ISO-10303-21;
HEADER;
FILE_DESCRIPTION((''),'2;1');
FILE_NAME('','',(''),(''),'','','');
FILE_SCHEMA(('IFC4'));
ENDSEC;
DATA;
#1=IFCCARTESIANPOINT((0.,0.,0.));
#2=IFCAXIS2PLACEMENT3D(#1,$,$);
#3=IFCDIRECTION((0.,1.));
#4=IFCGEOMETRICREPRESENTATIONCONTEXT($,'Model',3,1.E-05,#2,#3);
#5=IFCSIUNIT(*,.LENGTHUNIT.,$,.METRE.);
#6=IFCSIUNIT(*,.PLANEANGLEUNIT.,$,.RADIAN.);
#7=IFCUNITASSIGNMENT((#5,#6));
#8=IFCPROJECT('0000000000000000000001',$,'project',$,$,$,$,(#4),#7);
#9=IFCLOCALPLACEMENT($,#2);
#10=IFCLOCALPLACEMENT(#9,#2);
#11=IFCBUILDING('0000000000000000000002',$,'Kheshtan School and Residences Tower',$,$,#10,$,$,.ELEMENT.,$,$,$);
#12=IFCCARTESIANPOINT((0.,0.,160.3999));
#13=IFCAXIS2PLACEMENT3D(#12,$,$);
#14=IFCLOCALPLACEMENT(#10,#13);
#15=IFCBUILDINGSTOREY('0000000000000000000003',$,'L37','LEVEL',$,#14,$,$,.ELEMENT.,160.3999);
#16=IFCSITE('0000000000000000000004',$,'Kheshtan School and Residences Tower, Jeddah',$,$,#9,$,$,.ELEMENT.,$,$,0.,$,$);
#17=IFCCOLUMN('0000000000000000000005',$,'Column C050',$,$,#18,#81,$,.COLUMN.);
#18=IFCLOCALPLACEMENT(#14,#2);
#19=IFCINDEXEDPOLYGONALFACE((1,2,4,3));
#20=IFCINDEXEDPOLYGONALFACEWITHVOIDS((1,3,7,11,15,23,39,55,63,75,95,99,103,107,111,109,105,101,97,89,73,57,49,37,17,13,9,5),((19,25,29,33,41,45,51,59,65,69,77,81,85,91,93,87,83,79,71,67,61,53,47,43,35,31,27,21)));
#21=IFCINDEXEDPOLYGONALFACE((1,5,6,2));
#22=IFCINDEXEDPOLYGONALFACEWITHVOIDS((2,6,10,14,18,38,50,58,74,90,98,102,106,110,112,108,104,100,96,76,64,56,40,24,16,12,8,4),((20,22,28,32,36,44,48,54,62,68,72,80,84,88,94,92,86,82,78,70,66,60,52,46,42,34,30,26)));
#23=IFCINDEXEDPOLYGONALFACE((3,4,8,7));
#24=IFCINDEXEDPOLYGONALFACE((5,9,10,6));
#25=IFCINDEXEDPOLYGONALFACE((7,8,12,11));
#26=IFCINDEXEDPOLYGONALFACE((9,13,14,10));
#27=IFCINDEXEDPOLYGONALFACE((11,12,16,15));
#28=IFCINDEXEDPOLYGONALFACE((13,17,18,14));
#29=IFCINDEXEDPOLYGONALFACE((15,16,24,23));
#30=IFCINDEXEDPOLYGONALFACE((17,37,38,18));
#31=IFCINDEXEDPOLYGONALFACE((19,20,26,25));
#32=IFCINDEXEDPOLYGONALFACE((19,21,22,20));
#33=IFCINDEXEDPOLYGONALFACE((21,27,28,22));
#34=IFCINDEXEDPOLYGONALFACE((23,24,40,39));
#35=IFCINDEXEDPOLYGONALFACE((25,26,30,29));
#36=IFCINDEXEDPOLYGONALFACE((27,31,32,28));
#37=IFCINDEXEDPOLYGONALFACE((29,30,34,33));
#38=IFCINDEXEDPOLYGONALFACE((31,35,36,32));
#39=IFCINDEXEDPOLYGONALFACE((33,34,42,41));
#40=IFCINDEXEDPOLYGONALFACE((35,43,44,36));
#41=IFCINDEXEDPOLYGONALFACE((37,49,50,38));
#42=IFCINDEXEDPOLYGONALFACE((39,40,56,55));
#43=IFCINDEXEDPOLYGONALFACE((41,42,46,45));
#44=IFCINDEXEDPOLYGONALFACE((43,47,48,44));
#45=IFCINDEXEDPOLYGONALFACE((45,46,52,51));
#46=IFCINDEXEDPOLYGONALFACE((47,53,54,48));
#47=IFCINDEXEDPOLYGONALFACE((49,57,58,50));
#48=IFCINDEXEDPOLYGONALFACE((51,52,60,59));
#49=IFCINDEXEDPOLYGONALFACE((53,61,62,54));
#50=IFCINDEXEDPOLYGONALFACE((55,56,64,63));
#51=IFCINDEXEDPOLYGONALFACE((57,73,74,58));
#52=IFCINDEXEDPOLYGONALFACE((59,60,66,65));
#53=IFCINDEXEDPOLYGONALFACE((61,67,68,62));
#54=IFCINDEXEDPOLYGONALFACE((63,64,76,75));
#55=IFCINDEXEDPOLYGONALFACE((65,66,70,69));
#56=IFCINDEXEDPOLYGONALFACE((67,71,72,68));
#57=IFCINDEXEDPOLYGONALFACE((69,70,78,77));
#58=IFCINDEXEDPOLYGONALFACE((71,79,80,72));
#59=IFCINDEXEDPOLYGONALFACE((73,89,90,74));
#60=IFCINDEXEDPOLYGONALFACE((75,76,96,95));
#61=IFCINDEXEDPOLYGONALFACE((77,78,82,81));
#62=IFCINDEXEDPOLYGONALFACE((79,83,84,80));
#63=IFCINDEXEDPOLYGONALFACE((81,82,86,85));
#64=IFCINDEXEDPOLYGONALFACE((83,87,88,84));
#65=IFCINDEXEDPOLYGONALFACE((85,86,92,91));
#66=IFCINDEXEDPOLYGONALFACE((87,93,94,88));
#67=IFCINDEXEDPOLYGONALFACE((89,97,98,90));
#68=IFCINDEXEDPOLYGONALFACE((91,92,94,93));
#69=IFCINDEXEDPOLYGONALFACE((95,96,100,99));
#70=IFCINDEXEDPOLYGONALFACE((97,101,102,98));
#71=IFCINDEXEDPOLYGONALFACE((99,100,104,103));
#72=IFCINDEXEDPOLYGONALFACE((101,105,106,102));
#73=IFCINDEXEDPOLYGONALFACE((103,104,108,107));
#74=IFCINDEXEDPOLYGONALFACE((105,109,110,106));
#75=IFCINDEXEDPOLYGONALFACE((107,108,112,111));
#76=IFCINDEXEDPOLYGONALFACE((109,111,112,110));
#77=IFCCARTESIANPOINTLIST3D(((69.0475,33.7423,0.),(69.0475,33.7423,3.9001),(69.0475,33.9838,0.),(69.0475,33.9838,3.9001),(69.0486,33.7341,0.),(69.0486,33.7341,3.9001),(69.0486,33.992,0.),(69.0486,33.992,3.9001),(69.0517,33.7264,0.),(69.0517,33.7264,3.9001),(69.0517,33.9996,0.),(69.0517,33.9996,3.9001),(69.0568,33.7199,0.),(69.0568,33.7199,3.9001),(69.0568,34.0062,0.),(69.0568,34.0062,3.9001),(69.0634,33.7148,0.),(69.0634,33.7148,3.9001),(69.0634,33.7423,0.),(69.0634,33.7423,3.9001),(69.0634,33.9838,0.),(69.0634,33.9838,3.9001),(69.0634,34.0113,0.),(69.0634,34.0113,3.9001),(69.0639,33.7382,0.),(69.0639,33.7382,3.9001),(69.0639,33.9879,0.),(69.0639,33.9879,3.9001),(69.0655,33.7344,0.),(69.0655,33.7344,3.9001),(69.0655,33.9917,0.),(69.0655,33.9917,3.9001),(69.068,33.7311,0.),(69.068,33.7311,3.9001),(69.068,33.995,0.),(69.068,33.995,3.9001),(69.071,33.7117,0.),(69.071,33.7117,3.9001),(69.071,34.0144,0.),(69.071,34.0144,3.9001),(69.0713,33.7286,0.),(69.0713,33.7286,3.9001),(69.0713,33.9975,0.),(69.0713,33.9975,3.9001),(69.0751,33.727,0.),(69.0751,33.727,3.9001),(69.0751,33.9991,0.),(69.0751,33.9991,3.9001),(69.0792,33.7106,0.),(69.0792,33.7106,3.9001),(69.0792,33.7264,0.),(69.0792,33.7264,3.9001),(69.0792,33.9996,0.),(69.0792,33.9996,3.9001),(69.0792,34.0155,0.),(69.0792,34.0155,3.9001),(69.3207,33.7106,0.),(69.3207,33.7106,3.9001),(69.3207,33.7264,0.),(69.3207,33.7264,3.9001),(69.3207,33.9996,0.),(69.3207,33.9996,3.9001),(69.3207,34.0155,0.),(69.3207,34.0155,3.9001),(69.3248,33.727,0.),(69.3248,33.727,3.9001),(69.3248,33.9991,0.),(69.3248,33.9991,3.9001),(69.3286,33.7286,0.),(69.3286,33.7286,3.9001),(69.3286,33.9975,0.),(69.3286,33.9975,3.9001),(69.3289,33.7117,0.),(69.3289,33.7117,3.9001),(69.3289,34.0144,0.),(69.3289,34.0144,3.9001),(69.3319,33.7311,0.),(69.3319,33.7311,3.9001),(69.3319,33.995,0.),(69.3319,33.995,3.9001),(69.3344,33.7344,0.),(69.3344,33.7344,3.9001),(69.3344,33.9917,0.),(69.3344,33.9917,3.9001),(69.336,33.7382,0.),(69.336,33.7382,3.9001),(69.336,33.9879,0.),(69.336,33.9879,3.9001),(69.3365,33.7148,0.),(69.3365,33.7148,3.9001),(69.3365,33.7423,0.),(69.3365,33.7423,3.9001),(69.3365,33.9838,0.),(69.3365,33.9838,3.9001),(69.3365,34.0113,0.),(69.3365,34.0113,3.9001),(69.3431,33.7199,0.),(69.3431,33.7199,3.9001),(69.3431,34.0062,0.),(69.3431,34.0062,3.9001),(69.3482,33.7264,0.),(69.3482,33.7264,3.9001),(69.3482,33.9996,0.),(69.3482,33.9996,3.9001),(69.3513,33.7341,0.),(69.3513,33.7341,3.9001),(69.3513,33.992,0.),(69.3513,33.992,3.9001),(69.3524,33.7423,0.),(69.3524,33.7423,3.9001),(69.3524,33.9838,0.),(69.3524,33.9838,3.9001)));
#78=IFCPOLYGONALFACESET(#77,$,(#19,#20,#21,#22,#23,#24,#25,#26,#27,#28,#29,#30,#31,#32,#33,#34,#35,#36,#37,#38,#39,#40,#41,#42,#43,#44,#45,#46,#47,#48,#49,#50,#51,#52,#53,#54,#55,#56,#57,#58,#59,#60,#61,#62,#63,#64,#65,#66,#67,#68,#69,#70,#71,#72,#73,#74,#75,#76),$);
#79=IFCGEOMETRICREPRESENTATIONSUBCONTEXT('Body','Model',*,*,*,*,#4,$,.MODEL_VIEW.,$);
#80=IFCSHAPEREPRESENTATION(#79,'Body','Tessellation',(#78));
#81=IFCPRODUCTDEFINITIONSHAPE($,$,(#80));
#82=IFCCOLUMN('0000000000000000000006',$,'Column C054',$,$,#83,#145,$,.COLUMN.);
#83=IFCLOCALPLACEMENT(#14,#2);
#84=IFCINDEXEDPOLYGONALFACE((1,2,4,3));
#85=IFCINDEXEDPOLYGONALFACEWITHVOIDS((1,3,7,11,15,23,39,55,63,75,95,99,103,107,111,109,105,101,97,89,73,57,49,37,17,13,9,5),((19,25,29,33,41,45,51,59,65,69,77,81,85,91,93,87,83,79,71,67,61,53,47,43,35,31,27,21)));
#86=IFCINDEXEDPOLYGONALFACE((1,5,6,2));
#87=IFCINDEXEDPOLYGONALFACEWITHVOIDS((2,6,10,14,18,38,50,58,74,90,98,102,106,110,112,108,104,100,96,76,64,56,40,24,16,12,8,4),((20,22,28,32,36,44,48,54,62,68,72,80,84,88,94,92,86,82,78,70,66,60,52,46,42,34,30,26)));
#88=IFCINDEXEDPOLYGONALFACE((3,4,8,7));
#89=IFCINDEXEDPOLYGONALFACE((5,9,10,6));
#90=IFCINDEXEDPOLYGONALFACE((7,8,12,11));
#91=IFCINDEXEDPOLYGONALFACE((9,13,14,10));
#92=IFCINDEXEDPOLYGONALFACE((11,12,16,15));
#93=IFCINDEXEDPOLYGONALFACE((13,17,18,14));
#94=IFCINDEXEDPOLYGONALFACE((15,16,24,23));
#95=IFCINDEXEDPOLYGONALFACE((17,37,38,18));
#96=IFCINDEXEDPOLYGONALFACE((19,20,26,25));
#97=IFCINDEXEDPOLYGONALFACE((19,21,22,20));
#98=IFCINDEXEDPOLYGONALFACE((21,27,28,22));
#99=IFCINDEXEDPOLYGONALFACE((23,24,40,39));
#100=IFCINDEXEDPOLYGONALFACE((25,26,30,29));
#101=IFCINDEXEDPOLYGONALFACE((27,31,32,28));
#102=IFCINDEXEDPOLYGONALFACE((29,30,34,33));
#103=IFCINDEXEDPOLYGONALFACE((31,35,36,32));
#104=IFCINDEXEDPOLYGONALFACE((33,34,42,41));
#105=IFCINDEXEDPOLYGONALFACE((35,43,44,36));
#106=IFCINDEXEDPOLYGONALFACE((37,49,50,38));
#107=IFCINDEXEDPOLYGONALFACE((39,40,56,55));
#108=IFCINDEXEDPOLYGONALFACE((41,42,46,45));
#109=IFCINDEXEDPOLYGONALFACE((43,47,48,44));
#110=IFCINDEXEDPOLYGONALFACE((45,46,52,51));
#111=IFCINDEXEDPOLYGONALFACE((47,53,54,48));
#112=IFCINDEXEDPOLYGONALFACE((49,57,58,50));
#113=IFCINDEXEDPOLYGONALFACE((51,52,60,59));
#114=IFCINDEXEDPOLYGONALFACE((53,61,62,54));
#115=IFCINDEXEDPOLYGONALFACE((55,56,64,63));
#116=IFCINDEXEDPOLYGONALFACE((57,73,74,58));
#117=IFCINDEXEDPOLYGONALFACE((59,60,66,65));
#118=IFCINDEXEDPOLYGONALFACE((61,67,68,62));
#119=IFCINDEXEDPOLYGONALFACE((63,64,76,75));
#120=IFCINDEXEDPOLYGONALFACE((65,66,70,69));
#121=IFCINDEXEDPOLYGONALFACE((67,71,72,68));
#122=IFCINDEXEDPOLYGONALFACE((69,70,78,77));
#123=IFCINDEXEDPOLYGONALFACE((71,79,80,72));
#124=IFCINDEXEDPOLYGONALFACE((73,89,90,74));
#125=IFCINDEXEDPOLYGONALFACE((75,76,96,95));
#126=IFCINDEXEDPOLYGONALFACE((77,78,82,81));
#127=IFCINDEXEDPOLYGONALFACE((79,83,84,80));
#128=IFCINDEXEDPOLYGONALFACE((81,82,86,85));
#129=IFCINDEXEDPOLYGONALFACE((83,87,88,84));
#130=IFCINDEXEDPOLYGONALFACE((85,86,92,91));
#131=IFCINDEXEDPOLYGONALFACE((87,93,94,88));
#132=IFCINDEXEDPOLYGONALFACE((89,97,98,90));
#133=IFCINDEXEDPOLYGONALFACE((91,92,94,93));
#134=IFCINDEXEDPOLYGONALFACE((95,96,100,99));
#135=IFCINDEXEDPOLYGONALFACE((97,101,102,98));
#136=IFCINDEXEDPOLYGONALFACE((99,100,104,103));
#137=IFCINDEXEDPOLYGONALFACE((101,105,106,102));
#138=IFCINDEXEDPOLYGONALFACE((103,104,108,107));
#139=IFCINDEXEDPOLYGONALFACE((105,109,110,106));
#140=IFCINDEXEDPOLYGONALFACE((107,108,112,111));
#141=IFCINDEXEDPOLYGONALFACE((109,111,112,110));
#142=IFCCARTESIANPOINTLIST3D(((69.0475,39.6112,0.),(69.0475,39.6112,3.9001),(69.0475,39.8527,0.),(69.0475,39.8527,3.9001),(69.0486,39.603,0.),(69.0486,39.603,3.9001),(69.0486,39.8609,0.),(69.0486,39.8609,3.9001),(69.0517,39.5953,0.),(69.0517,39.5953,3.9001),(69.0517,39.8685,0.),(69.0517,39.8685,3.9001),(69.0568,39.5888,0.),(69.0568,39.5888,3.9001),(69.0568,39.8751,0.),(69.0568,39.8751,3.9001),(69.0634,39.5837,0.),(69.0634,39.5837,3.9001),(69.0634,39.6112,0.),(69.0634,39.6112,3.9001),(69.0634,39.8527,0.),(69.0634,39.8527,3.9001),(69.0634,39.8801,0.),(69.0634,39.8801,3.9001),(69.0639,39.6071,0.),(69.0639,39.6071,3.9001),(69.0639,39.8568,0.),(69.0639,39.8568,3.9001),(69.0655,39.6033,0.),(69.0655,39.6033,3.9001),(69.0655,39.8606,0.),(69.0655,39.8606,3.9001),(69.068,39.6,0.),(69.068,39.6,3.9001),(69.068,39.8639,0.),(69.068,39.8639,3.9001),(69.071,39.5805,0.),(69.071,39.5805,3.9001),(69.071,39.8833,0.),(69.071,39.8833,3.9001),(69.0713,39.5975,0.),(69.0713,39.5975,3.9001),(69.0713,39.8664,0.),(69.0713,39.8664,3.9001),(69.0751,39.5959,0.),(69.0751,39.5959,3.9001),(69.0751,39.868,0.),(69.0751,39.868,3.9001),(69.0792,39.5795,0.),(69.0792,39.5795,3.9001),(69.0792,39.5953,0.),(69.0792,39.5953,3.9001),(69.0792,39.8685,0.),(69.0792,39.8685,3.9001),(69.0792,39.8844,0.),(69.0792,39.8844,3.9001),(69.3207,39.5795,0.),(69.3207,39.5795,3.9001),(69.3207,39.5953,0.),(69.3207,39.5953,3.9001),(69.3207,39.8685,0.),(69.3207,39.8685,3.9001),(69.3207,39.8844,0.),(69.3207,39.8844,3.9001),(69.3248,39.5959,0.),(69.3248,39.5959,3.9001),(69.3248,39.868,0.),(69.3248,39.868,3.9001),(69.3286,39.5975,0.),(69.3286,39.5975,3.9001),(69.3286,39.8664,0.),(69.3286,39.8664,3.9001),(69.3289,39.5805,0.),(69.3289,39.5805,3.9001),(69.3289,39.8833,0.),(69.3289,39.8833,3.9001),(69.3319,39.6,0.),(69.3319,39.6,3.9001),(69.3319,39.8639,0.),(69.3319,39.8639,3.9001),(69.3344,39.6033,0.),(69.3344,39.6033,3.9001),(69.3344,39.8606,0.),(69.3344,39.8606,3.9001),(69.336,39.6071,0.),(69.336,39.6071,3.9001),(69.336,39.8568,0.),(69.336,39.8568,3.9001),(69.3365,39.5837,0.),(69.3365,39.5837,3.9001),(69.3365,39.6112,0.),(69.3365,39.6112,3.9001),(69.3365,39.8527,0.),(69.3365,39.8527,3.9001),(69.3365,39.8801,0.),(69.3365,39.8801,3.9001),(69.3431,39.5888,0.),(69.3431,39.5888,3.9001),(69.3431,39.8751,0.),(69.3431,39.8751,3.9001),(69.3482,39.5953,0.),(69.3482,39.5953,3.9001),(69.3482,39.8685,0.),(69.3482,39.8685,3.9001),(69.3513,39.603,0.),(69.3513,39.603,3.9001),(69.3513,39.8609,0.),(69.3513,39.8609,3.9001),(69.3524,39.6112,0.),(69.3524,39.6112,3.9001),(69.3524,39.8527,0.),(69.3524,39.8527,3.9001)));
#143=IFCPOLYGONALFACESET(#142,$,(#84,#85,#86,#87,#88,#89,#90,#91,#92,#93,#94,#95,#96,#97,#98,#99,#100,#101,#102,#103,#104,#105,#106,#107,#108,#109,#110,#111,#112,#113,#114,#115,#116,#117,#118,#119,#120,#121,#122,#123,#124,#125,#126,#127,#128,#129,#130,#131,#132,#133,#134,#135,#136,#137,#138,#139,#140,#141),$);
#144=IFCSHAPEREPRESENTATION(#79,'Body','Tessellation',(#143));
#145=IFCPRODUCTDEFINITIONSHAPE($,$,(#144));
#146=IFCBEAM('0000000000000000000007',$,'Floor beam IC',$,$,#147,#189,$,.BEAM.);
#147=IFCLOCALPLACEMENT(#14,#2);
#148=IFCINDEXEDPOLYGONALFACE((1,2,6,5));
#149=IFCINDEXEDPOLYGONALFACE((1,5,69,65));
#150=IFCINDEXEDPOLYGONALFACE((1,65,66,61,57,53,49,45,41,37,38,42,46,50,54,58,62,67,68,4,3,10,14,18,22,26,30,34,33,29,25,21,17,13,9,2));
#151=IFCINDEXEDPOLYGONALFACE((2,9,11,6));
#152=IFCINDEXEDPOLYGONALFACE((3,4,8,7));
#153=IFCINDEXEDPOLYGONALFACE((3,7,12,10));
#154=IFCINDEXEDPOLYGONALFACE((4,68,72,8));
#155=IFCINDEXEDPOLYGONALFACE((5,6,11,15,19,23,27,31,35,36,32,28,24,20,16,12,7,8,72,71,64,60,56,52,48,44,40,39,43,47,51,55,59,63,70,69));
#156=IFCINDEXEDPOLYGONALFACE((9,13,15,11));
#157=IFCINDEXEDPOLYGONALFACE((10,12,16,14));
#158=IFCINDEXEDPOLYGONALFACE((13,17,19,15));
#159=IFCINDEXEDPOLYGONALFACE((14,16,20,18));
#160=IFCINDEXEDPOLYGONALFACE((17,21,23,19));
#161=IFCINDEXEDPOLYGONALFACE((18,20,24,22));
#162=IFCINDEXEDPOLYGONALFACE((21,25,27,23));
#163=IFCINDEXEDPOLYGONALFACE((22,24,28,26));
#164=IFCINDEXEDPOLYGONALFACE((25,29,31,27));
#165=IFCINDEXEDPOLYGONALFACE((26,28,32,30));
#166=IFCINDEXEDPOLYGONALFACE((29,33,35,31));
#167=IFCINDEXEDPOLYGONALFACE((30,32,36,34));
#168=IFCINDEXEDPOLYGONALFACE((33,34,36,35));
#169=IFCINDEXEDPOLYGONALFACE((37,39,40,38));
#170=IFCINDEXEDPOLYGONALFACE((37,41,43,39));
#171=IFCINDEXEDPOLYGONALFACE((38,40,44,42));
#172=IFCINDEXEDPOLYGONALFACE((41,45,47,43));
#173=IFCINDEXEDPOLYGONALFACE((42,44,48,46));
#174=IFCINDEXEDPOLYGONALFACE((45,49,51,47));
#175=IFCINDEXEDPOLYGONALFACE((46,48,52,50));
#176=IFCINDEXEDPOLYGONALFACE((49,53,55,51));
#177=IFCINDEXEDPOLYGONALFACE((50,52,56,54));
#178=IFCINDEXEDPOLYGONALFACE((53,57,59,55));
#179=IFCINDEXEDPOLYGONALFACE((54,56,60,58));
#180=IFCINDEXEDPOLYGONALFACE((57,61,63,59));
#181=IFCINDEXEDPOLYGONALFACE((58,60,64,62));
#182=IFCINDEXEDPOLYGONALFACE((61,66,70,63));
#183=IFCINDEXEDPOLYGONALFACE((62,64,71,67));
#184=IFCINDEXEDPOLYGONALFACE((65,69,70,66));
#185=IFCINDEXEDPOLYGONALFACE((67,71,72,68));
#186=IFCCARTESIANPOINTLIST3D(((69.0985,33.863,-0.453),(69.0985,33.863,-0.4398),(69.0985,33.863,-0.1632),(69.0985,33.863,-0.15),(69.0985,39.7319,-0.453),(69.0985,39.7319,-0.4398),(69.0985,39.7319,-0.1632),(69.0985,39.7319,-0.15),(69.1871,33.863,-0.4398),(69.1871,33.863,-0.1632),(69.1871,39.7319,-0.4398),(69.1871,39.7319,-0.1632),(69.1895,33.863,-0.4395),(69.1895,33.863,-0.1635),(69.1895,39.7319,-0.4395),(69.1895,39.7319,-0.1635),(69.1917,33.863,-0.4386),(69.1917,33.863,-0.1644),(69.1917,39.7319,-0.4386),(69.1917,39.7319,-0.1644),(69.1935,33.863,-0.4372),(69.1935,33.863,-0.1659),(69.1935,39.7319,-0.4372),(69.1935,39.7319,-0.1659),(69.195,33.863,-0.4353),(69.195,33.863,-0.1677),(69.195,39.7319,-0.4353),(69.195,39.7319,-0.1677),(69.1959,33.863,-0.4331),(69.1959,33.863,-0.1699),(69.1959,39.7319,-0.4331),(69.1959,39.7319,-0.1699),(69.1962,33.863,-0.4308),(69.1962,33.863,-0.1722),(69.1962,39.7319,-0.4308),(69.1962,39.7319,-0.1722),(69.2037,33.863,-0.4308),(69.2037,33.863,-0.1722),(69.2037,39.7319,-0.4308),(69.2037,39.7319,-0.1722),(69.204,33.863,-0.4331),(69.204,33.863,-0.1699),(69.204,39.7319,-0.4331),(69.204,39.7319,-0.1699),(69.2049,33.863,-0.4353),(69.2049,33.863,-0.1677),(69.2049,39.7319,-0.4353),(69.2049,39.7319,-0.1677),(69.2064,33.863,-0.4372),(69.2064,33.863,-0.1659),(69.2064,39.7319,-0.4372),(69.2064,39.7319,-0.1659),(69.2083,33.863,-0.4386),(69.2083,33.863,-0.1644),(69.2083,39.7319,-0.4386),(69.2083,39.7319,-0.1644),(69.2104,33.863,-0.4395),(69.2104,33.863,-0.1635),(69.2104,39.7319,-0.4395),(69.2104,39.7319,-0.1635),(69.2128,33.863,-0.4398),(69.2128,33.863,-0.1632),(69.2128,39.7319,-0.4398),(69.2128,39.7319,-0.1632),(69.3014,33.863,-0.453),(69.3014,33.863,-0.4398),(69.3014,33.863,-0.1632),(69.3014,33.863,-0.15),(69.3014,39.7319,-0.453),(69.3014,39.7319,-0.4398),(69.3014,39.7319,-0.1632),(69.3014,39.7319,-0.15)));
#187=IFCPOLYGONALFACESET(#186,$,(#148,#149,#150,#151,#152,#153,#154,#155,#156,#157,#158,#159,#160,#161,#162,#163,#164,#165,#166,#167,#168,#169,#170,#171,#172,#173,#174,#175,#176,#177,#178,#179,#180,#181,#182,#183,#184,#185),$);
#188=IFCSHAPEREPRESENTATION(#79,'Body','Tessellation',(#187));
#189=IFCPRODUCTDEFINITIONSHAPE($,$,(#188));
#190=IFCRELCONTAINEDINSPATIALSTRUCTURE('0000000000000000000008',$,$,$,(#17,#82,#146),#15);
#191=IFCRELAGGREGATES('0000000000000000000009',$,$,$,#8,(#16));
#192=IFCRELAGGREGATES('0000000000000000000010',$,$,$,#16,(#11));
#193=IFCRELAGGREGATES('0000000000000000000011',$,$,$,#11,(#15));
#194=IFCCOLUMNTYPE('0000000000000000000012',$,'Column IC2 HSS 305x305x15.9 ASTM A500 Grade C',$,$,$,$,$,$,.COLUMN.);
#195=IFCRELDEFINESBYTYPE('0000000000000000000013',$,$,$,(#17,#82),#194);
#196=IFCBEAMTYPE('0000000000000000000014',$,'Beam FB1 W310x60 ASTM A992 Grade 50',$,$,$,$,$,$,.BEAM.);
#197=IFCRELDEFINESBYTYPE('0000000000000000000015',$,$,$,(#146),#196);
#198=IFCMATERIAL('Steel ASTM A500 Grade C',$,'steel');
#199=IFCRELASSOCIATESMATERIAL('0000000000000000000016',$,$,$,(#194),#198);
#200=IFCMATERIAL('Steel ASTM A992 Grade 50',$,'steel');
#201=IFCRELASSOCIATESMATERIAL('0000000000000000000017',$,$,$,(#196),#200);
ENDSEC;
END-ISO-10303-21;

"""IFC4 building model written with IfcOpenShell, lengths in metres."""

from ifc_helpers import new_model, si_unit, direction, frame, origin, origin_2d, place, context, subcontext, project, spatial, hollow_rectangle, i_section, extrude, material, material_profile, profile_set, type_object, element, save


model = new_model("IFC4")

# Units and contexts
model_context = context("Model", 3, precision=1e-05, world=origin(), true_north=direction((0.0, 1.0)))
body_context = subcontext(model_context, "Body", "Model", "MODEL_VIEW")
ifc_project = project(units=[si_unit("LENGTHUNIT", "METRE"), si_unit("PLANEANGLEUNIT", "RADIAN")], contexts=[model_context])

# Site, building, storey
site_placement = place(None, origin())
site = spatial("IfcSite", under=ifc_project, at=site_placement, Name="Kheshtan School and Residences Tower, Jeddah", CompositionType="ELEMENT", RefElevation=0.0)
building_placement = place(site_placement, origin())
building = spatial("IfcBuilding", under=site, at=building_placement, Name="Kheshtan School and Residences Tower", CompositionType="ELEMENT")
storey_placement = place(building_placement, frame((0.0, 0.0, 160.3999)))
storey = spatial("IfcBuildingStorey", under=building, at=storey_placement, Name="L37", Description="LEVEL", CompositionType="ELEMENT", Elevation=160.3999)

# Columns
ifc_material_1 = material(Name="Steel ASTM A500 Grade C", Category="steel")
ifc_material_profile_1 = material_profile(ifc_material_1, hollow_rectangle(XDim=0.3049, YDim=0.3049, WallThickness=0.0159, InnerFilletRadius=0.0159, OuterFilletRadius=0.0317, at=origin_2d()), Name="HSS 305x305x15.9")
ifc_profile_set_1 = profile_set([ifc_material_profile_1], Name="Steel ASTM A500 Grade C")
column_type = type_object("IfcColumnType", Name="Column IC2 HSS 305x305x15.9 ASTM A500 Grade C", PredefinedType="COLUMN", material=ifc_profile_set_1)
for number, where, z_axis, x_axis, name in (
    (1, (69.2, 33.863, 0.0), (0.0, 0.0, 1.0), (1.0, 0.0, 0.0), "Column C050"),
    (2, (69.2, 39.7319, 0.0), (0.0, 0.0, 1.0), (1.0, 0.0, 0.0), "Column C054"),
):
    element("IfcColumn", number, at=place(storey_placement, frame(where, z_axis=z_axis, x_axis=x_axis)), inside=storey, type_object=column_type, Name=name, PredefinedType="COLUMN", context=body_context, shape_type="SweptSolid", body=[
        extrude(hollow_rectangle(XDim=0.3049, YDim=0.3049, WallThickness=0.0159, InnerFilletRadius=0.0159, OuterFilletRadius=0.0317, at=origin_2d()), origin(), (0.0, 0.0, 1.0), 3.9001),
    ])

# Beam
ifc_material_2 = material(Name="Steel ASTM A992 Grade 50", Category="steel")
ifc_material_profile_2 = material_profile(ifc_material_2, i_section(OverallWidth=0.2029, OverallDepth=0.303, WebThickness=0.0076, FlangeThickness=0.0132, FilletRadius=0.009, at=origin_2d()), Name="W310x60")
ifc_profile_set_2 = profile_set([ifc_material_profile_2], Name="Steel ASTM A992 Grade 50")
beam_type = type_object("IfcBeamType", Name="Beam FB1 W310x60 ASTM A992 Grade 50", PredefinedType="BEAM", material=ifc_profile_set_2)
beam_placement = place(storey_placement, frame((69.2, 33.863, -0.3015), z_axis=(0.0, 1.0, 0.0), x_axis=(-1.0, 0.0, 0.0)))
element("IfcBeam", 3, at=beam_placement, inside=storey, type_object=beam_type, Name="Floor beam IC", PredefinedType="BEAM", context=body_context, shape_type="SweptSolid", body=[
    extrude(i_section(OverallWidth=0.2029, OverallDepth=0.303, WebThickness=0.0076, FlangeThickness=0.0132, FilletRadius=0.009, at=origin_2d()), origin(), (0.0, 0.0, 1.0), 5.8689),
])

save(model, "model.ifc")
